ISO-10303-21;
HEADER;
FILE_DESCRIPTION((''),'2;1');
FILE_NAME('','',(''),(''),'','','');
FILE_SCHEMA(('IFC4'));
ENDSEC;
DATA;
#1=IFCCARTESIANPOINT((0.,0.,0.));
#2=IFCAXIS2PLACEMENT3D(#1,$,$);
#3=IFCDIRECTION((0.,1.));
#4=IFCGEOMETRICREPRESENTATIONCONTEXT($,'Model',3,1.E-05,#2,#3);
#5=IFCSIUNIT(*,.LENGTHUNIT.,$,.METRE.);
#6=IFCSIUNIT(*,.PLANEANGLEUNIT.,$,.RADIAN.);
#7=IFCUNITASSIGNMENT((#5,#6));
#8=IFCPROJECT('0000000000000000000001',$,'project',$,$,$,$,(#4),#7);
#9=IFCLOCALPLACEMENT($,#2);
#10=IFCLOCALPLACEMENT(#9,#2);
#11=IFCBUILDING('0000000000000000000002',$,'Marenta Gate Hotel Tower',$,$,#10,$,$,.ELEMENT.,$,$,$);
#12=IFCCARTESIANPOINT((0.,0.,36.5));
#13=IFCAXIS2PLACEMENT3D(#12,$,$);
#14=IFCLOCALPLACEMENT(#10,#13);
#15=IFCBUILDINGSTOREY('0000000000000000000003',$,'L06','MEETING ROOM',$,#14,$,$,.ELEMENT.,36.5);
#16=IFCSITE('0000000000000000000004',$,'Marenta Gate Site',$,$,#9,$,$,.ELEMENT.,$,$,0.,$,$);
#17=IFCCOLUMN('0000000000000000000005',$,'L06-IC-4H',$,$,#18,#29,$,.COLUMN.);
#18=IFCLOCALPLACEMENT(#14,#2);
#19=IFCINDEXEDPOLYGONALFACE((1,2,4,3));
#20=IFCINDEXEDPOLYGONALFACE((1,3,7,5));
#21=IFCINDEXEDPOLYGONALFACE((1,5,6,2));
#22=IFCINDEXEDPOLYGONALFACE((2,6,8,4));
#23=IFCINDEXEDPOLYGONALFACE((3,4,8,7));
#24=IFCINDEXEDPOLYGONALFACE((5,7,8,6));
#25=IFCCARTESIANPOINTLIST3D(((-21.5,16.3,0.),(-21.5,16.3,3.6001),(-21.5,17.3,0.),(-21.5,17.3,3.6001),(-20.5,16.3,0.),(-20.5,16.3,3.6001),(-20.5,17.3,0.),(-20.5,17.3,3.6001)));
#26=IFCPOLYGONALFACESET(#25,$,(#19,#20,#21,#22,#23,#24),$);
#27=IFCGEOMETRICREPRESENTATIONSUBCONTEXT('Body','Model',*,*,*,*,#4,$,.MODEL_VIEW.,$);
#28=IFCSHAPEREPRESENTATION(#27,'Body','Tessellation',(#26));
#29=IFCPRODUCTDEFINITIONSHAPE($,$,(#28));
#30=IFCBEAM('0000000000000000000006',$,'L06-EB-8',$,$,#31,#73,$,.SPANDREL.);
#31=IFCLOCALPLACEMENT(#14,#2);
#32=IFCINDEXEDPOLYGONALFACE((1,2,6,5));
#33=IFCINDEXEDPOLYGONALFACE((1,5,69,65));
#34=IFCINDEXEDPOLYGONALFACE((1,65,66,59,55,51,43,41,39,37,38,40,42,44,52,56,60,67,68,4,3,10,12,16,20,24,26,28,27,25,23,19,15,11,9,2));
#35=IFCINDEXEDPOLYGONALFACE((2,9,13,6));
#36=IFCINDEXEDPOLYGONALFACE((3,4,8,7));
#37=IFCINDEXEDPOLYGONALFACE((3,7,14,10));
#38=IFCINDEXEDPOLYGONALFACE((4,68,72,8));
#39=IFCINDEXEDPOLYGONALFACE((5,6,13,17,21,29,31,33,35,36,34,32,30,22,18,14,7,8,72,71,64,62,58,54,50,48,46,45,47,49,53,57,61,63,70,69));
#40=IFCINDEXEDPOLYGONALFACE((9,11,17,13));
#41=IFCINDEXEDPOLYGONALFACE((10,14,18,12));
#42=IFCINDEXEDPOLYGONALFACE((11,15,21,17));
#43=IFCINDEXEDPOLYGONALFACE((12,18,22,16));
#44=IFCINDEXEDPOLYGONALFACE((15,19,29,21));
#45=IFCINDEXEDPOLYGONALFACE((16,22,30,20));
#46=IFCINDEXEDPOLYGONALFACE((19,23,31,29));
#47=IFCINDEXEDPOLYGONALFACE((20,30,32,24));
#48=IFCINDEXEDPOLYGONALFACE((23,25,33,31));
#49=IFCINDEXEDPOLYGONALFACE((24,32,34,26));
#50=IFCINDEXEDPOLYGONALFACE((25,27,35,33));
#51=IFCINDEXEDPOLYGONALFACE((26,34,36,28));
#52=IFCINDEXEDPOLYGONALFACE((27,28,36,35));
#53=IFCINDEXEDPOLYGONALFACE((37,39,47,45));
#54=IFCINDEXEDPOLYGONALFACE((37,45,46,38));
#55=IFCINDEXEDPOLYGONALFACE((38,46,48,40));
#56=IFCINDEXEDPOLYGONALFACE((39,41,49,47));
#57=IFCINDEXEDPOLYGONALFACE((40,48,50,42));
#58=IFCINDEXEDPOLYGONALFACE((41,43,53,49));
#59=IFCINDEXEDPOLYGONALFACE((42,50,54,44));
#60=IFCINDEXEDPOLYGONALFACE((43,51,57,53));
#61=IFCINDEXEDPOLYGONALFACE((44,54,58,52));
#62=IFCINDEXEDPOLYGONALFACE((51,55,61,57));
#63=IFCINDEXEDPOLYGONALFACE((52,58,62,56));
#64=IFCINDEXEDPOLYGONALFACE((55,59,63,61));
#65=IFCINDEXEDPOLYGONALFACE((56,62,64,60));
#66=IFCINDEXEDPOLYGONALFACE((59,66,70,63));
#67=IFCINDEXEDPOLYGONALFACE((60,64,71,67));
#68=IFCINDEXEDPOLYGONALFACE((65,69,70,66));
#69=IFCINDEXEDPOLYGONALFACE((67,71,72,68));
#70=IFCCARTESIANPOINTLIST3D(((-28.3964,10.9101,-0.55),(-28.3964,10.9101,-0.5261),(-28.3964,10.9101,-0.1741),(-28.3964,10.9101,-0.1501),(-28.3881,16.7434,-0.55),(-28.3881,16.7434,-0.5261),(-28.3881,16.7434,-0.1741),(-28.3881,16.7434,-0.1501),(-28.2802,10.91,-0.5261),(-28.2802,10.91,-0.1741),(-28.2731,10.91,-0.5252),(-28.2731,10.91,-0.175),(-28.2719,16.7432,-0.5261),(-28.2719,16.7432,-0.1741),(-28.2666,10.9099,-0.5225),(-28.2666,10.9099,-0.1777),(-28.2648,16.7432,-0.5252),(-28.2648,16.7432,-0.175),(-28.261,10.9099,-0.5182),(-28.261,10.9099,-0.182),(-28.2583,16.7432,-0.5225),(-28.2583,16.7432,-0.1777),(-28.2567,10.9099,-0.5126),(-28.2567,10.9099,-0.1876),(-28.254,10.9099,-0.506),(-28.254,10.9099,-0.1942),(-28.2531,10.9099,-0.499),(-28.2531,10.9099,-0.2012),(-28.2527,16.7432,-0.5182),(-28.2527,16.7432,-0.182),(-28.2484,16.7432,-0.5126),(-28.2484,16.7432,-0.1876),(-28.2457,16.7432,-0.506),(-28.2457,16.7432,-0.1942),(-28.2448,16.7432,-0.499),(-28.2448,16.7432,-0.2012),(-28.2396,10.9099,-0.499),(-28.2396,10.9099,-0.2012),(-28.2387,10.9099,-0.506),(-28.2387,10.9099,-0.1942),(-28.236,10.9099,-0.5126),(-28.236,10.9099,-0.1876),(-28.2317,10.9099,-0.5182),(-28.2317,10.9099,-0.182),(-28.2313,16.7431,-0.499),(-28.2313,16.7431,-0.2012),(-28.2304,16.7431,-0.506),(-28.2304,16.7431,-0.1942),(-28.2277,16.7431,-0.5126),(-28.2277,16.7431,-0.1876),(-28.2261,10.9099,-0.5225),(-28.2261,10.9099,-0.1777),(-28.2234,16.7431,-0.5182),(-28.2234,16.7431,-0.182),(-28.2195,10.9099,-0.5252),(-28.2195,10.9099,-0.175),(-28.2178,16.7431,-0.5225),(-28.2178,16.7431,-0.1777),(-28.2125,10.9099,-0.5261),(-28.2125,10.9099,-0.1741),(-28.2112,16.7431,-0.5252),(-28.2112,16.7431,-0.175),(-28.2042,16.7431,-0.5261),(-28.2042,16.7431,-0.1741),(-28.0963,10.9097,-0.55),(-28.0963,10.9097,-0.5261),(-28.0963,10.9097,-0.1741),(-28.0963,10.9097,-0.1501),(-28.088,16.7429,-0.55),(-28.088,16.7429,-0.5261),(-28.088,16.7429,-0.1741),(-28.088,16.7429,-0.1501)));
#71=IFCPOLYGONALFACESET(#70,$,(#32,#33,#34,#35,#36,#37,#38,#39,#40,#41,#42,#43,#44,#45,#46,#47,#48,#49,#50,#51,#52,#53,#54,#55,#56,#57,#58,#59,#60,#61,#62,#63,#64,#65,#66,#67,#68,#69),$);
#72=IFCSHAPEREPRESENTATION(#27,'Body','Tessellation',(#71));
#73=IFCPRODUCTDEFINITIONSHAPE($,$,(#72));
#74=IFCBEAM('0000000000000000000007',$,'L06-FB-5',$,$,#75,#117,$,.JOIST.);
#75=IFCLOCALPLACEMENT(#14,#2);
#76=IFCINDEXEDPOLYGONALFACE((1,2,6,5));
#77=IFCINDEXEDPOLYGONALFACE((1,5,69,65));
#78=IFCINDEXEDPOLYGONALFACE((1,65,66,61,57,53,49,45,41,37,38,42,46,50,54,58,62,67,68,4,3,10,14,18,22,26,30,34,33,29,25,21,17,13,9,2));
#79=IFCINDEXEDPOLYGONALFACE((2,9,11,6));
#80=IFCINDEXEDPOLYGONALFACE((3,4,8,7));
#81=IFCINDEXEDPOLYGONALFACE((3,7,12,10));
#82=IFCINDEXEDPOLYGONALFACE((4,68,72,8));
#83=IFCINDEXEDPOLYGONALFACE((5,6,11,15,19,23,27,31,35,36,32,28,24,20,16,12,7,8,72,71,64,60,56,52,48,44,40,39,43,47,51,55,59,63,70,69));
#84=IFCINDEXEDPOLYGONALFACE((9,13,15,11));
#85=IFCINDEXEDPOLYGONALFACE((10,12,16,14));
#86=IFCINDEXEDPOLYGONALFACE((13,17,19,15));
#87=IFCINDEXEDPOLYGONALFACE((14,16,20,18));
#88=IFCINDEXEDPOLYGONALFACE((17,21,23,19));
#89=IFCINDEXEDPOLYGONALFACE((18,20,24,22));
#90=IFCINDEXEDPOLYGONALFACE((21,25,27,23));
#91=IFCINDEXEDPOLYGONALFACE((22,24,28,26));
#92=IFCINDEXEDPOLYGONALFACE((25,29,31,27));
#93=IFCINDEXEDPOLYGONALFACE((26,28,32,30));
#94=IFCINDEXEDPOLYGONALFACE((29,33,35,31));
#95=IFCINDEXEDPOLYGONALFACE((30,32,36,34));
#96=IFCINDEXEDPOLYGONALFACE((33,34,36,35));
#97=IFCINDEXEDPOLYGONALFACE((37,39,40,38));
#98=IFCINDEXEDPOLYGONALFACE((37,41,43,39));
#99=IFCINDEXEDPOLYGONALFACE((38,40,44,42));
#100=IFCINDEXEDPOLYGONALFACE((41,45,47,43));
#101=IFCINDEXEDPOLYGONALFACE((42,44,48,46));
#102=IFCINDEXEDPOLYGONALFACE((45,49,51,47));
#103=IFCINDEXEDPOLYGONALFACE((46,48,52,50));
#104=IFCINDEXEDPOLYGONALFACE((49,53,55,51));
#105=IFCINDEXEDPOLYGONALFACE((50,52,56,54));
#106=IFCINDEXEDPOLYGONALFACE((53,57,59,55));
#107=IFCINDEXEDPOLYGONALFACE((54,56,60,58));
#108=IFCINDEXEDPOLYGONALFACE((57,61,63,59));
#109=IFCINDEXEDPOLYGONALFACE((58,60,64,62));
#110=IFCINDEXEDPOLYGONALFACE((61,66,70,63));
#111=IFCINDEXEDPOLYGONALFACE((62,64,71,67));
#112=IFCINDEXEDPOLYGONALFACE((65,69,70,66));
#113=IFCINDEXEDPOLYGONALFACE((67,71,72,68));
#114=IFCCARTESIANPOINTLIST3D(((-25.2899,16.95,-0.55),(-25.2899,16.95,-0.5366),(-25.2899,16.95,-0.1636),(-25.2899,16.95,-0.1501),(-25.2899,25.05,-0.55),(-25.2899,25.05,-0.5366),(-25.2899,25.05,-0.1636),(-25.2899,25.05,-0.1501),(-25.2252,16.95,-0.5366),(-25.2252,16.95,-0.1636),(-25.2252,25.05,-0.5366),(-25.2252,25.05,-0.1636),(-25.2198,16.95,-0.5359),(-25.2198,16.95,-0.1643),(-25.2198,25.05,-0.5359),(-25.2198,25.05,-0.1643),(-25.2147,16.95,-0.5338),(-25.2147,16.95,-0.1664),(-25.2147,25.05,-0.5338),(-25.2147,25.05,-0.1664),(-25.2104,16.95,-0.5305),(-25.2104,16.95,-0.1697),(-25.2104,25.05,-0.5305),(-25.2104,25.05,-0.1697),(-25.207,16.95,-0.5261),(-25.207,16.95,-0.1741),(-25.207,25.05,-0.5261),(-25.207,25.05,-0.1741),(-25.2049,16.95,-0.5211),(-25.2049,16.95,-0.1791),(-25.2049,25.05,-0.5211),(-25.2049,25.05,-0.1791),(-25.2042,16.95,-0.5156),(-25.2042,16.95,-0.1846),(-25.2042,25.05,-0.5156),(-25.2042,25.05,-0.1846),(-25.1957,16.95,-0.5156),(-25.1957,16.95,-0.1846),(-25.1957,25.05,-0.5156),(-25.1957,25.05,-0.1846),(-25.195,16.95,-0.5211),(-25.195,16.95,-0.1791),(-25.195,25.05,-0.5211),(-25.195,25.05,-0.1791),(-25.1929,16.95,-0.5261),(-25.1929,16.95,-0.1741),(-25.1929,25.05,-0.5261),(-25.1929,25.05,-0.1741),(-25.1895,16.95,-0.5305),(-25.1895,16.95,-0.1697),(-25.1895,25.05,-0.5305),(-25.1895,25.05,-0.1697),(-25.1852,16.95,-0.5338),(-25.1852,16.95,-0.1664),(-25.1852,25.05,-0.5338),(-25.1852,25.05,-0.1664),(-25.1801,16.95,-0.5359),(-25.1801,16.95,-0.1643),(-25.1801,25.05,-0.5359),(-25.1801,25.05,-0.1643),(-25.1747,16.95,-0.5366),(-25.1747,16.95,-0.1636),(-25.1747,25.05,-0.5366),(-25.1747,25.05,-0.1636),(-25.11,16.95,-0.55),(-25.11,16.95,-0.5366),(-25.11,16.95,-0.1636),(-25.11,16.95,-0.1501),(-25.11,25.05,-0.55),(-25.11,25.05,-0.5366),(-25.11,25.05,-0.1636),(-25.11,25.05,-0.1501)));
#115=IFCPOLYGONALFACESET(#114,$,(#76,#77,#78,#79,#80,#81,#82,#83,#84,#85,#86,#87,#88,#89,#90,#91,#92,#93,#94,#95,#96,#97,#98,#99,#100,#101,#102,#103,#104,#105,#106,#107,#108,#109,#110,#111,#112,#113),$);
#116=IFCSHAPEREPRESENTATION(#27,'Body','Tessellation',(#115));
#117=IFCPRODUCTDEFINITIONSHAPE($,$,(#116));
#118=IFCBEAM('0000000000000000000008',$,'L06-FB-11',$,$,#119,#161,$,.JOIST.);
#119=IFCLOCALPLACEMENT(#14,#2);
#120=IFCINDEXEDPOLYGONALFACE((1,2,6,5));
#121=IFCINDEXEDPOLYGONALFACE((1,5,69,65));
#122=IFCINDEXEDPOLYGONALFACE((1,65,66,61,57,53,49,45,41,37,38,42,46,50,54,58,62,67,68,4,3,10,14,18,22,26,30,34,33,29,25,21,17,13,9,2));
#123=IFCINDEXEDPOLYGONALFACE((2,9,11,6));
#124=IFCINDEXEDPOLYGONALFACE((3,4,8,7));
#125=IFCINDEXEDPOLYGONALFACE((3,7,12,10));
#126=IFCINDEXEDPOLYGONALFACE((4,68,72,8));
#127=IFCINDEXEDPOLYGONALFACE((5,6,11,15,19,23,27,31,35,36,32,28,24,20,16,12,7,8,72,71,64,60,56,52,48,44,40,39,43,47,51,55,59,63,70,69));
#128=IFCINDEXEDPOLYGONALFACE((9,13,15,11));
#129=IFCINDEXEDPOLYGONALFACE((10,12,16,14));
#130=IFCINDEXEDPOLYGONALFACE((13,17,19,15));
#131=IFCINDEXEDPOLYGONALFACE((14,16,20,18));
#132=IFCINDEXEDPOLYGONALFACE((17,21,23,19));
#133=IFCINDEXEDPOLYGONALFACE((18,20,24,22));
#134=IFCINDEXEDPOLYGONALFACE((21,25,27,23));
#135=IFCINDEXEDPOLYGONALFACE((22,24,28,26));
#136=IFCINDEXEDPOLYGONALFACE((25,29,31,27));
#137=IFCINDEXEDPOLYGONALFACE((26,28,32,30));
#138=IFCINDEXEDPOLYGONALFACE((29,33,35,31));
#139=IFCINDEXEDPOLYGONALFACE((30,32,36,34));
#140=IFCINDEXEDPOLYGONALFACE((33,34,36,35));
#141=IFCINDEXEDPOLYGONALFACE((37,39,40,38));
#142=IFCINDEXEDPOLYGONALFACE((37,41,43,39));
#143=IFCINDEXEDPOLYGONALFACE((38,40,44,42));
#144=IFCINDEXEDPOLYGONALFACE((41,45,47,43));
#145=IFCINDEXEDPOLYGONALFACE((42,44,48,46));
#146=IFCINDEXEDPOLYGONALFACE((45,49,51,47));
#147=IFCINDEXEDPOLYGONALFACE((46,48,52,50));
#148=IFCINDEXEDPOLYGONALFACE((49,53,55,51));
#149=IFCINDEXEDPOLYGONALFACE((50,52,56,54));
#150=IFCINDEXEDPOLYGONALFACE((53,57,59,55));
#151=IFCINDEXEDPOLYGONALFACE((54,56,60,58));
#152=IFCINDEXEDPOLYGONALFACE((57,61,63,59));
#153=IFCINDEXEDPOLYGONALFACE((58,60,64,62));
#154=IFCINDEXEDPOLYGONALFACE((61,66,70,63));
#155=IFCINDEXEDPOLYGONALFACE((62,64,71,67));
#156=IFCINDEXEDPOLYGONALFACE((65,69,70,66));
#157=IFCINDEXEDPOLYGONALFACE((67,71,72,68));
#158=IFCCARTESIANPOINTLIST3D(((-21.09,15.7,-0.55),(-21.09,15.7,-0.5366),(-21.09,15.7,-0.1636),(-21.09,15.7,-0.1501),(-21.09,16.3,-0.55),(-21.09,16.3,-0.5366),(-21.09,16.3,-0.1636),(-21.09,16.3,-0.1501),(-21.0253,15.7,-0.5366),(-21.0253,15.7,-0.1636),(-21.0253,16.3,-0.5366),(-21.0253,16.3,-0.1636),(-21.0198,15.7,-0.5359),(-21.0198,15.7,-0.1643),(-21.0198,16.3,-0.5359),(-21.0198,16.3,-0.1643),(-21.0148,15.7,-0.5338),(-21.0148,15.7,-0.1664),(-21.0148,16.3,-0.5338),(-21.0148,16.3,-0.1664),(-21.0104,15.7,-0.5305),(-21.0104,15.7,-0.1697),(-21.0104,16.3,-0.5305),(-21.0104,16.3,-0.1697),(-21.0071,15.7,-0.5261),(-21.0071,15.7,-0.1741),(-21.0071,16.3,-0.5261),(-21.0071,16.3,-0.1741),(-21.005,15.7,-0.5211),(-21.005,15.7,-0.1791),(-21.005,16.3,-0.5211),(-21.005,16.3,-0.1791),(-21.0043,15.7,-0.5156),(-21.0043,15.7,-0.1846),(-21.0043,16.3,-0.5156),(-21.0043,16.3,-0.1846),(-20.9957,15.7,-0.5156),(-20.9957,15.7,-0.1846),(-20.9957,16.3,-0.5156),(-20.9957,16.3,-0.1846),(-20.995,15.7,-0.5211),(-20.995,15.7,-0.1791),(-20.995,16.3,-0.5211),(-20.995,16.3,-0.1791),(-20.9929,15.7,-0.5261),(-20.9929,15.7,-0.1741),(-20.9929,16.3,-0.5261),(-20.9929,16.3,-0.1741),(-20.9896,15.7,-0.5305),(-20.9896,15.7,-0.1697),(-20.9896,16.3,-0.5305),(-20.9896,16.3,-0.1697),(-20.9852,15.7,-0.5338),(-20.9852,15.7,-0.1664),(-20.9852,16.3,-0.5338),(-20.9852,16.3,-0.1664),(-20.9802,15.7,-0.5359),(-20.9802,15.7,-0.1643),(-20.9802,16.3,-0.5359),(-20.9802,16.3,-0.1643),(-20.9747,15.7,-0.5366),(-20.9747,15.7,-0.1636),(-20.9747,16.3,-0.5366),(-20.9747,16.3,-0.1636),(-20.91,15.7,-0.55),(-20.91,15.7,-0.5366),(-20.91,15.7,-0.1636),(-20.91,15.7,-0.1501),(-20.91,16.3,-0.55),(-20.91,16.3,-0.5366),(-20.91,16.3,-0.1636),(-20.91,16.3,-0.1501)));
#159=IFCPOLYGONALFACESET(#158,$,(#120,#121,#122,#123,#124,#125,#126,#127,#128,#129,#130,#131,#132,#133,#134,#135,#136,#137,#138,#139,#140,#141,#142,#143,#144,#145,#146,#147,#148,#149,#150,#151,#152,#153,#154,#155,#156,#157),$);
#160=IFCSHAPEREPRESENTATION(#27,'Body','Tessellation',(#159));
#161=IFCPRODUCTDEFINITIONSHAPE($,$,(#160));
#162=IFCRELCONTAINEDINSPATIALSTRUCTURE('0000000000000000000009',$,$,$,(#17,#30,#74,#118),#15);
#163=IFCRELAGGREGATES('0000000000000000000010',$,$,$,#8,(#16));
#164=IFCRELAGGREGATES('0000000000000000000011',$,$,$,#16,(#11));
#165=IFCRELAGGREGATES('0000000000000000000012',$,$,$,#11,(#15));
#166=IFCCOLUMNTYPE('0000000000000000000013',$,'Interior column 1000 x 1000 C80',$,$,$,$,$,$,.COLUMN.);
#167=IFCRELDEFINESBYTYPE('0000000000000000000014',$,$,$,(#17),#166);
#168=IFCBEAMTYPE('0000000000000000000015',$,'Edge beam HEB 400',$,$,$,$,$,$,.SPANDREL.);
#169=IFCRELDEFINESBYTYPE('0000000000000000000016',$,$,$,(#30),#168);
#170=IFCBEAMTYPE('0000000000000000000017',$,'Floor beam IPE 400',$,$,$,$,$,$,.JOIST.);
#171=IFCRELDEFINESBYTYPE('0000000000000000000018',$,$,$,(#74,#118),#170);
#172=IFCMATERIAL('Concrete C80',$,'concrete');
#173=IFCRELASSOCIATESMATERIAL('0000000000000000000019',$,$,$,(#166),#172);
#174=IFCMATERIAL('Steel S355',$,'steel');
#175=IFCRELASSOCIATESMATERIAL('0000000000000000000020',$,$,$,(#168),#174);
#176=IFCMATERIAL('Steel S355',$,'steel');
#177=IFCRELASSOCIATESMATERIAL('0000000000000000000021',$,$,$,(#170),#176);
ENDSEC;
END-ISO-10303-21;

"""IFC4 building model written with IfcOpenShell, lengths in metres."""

from ifc_helpers import new_model, si_unit, direction, frame, origin, origin_2d, place, context, subcontext, project, spatial, rectangle, i_section, extrude, material, material_profile, profile_set, type_object, element, save


model = new_model("IFC4")

# Units and contexts
model_context = context("Model", 3, precision=1e-05, world=origin(), true_north=direction((0.0, 1.0)))
body_context = subcontext(model_context, "Body", "Model", "MODEL_VIEW")
ifc_project = project(units=[si_unit("LENGTHUNIT", "METRE"), si_unit("PLANEANGLEUNIT", "RADIAN")], contexts=[model_context])

# Site, building, storey
site_placement = place(None, origin())
site = spatial("IfcSite", under=ifc_project, at=site_placement, Name="Marenta Gate Site", CompositionType="ELEMENT", RefElevation=0.0)
building_placement = place(site_placement, origin())
building = spatial("IfcBuilding", under=site, at=building_placement, Name="Marenta Gate Hotel Tower", CompositionType="ELEMENT")
storey_placement = place(building_placement, frame((0.0, 0.0, 36.5)))
storey = spatial("IfcBuildingStorey", under=building, at=storey_placement, Name="L06", Description="MEETING ROOM", CompositionType="ELEMENT", Elevation=36.5)

# Column
ifc_material_1 = material(Name="Concrete C80", Category="concrete")
ifc_material_profile_1 = material_profile(ifc_material_1, rectangle(XDim=1.0, YDim=1.0, at=origin_2d()), Name="1000 x 1000")
ifc_profile_set_1 = profile_set([ifc_material_profile_1], Name="Concrete C80")
column_type = type_object("IfcColumnType", Name="Interior column 1000 x 1000 C80", PredefinedType="COLUMN", material=ifc_profile_set_1)
column_placement = place(storey_placement, frame((-21.0, 16.8, 0.0), z_axis=(0.0, 0.0, 1.0), x_axis=(1.0, 0.0, 0.0)))
element("IfcColumn", 1, at=column_placement, inside=storey, type_object=column_type, Name="L06-IC-4H", PredefinedType="COLUMN", context=body_context, shape_type="SweptSolid", body=[
    extrude(rectangle(XDim=1.0, YDim=1.0, at=origin_2d()), origin(), (0.0, 0.0, 1.0), 3.6001),
])

# Beams
ifc_material_2 = material(Name="Steel S355", Category="steel")
ifc_material_profile_2 = material_profile(ifc_material_2, i_section(OverallWidth=0.3, OverallDepth=0.3999, WebThickness=0.0134, FlangeThickness=0.0239, FilletRadius=0.0271, at=origin_2d()), Name="HEB 400")
ifc_profile_set_2 = profile_set([ifc_material_profile_2], Name="Steel S355")
beam_type_1 = type_object("IfcBeamType", Name="Edge beam HEB 400", PredefinedType="SPANDREL", material=ifc_profile_set_2)
beam_1_placement = place(storey_placement, frame((-28.2463, 10.9099, -0.3501), z_axis=(0.001423, 0.999999, 0.0), x_axis=(-0.999999, 0.001423, 0.0)))
element("IfcBeam", 2, at=beam_1_placement, inside=storey, type_object=beam_type_1, Name="L06-EB-8", PredefinedType="SPANDREL", context=body_context, shape_type="SweptSolid", body=[
    extrude(i_section(OverallWidth=0.3, OverallDepth=0.3999, WebThickness=0.0134, FlangeThickness=0.0239, FilletRadius=0.0271, at=origin_2d()), origin(), (0.0, 0.0, 1.0), 5.8333),
])
ifc_material_3 = material(Name="Steel S355", Category="steel")
ifc_material_profile_3 = material_profile(ifc_material_3, i_section(OverallWidth=0.1799, OverallDepth=0.3999, WebThickness=0.0085, FlangeThickness=0.0134, FilletRadius=0.021, at=origin_2d()), Name="IPE 400")
ifc_profile_set_3 = profile_set([ifc_material_profile_3], Name="Steel S355")
beam_type_2 = type_object("IfcBeamType", Name="Floor beam IPE 400", PredefinedType="JOIST", material=ifc_profile_set_3)
beam_2_placement = place(storey_placement, frame((-25.2, 16.95, -0.3501), z_axis=(0.0, 1.0, 0.0), x_axis=(-1.0, 0.0, 0.0)))
element("IfcBeam", 3, at=beam_2_placement, inside=storey, type_object=beam_type_2, Name="L06-FB-5", PredefinedType="JOIST", context=body_context, shape_type="SweptSolid", body=[
    extrude(i_section(OverallWidth=0.1799, OverallDepth=0.3999, WebThickness=0.0085, FlangeThickness=0.0134, FilletRadius=0.021, at=origin_2d()), origin(), (0.0, 0.0, 1.0), 8.1001),
])
beam_3_placement = place(storey_placement, frame((-21.0, 15.7, -0.3501), z_axis=(0.0, 1.0, 0.0), x_axis=(-1.0, 0.0, 0.0)))
element("IfcBeam", 4, at=beam_3_placement, inside=storey, type_object=beam_type_2, Name="L06-FB-11", PredefinedType="JOIST", context=body_context, shape_type="SweptSolid", body=[
    extrude(i_section(OverallWidth=0.1799, OverallDepth=0.3999, WebThickness=0.0085, FlangeThickness=0.0134, FilletRadius=0.021, at=origin_2d()), origin(), (0.0, 0.0, 1.0), 0.6001),
])

save(model, "model.ifc")
